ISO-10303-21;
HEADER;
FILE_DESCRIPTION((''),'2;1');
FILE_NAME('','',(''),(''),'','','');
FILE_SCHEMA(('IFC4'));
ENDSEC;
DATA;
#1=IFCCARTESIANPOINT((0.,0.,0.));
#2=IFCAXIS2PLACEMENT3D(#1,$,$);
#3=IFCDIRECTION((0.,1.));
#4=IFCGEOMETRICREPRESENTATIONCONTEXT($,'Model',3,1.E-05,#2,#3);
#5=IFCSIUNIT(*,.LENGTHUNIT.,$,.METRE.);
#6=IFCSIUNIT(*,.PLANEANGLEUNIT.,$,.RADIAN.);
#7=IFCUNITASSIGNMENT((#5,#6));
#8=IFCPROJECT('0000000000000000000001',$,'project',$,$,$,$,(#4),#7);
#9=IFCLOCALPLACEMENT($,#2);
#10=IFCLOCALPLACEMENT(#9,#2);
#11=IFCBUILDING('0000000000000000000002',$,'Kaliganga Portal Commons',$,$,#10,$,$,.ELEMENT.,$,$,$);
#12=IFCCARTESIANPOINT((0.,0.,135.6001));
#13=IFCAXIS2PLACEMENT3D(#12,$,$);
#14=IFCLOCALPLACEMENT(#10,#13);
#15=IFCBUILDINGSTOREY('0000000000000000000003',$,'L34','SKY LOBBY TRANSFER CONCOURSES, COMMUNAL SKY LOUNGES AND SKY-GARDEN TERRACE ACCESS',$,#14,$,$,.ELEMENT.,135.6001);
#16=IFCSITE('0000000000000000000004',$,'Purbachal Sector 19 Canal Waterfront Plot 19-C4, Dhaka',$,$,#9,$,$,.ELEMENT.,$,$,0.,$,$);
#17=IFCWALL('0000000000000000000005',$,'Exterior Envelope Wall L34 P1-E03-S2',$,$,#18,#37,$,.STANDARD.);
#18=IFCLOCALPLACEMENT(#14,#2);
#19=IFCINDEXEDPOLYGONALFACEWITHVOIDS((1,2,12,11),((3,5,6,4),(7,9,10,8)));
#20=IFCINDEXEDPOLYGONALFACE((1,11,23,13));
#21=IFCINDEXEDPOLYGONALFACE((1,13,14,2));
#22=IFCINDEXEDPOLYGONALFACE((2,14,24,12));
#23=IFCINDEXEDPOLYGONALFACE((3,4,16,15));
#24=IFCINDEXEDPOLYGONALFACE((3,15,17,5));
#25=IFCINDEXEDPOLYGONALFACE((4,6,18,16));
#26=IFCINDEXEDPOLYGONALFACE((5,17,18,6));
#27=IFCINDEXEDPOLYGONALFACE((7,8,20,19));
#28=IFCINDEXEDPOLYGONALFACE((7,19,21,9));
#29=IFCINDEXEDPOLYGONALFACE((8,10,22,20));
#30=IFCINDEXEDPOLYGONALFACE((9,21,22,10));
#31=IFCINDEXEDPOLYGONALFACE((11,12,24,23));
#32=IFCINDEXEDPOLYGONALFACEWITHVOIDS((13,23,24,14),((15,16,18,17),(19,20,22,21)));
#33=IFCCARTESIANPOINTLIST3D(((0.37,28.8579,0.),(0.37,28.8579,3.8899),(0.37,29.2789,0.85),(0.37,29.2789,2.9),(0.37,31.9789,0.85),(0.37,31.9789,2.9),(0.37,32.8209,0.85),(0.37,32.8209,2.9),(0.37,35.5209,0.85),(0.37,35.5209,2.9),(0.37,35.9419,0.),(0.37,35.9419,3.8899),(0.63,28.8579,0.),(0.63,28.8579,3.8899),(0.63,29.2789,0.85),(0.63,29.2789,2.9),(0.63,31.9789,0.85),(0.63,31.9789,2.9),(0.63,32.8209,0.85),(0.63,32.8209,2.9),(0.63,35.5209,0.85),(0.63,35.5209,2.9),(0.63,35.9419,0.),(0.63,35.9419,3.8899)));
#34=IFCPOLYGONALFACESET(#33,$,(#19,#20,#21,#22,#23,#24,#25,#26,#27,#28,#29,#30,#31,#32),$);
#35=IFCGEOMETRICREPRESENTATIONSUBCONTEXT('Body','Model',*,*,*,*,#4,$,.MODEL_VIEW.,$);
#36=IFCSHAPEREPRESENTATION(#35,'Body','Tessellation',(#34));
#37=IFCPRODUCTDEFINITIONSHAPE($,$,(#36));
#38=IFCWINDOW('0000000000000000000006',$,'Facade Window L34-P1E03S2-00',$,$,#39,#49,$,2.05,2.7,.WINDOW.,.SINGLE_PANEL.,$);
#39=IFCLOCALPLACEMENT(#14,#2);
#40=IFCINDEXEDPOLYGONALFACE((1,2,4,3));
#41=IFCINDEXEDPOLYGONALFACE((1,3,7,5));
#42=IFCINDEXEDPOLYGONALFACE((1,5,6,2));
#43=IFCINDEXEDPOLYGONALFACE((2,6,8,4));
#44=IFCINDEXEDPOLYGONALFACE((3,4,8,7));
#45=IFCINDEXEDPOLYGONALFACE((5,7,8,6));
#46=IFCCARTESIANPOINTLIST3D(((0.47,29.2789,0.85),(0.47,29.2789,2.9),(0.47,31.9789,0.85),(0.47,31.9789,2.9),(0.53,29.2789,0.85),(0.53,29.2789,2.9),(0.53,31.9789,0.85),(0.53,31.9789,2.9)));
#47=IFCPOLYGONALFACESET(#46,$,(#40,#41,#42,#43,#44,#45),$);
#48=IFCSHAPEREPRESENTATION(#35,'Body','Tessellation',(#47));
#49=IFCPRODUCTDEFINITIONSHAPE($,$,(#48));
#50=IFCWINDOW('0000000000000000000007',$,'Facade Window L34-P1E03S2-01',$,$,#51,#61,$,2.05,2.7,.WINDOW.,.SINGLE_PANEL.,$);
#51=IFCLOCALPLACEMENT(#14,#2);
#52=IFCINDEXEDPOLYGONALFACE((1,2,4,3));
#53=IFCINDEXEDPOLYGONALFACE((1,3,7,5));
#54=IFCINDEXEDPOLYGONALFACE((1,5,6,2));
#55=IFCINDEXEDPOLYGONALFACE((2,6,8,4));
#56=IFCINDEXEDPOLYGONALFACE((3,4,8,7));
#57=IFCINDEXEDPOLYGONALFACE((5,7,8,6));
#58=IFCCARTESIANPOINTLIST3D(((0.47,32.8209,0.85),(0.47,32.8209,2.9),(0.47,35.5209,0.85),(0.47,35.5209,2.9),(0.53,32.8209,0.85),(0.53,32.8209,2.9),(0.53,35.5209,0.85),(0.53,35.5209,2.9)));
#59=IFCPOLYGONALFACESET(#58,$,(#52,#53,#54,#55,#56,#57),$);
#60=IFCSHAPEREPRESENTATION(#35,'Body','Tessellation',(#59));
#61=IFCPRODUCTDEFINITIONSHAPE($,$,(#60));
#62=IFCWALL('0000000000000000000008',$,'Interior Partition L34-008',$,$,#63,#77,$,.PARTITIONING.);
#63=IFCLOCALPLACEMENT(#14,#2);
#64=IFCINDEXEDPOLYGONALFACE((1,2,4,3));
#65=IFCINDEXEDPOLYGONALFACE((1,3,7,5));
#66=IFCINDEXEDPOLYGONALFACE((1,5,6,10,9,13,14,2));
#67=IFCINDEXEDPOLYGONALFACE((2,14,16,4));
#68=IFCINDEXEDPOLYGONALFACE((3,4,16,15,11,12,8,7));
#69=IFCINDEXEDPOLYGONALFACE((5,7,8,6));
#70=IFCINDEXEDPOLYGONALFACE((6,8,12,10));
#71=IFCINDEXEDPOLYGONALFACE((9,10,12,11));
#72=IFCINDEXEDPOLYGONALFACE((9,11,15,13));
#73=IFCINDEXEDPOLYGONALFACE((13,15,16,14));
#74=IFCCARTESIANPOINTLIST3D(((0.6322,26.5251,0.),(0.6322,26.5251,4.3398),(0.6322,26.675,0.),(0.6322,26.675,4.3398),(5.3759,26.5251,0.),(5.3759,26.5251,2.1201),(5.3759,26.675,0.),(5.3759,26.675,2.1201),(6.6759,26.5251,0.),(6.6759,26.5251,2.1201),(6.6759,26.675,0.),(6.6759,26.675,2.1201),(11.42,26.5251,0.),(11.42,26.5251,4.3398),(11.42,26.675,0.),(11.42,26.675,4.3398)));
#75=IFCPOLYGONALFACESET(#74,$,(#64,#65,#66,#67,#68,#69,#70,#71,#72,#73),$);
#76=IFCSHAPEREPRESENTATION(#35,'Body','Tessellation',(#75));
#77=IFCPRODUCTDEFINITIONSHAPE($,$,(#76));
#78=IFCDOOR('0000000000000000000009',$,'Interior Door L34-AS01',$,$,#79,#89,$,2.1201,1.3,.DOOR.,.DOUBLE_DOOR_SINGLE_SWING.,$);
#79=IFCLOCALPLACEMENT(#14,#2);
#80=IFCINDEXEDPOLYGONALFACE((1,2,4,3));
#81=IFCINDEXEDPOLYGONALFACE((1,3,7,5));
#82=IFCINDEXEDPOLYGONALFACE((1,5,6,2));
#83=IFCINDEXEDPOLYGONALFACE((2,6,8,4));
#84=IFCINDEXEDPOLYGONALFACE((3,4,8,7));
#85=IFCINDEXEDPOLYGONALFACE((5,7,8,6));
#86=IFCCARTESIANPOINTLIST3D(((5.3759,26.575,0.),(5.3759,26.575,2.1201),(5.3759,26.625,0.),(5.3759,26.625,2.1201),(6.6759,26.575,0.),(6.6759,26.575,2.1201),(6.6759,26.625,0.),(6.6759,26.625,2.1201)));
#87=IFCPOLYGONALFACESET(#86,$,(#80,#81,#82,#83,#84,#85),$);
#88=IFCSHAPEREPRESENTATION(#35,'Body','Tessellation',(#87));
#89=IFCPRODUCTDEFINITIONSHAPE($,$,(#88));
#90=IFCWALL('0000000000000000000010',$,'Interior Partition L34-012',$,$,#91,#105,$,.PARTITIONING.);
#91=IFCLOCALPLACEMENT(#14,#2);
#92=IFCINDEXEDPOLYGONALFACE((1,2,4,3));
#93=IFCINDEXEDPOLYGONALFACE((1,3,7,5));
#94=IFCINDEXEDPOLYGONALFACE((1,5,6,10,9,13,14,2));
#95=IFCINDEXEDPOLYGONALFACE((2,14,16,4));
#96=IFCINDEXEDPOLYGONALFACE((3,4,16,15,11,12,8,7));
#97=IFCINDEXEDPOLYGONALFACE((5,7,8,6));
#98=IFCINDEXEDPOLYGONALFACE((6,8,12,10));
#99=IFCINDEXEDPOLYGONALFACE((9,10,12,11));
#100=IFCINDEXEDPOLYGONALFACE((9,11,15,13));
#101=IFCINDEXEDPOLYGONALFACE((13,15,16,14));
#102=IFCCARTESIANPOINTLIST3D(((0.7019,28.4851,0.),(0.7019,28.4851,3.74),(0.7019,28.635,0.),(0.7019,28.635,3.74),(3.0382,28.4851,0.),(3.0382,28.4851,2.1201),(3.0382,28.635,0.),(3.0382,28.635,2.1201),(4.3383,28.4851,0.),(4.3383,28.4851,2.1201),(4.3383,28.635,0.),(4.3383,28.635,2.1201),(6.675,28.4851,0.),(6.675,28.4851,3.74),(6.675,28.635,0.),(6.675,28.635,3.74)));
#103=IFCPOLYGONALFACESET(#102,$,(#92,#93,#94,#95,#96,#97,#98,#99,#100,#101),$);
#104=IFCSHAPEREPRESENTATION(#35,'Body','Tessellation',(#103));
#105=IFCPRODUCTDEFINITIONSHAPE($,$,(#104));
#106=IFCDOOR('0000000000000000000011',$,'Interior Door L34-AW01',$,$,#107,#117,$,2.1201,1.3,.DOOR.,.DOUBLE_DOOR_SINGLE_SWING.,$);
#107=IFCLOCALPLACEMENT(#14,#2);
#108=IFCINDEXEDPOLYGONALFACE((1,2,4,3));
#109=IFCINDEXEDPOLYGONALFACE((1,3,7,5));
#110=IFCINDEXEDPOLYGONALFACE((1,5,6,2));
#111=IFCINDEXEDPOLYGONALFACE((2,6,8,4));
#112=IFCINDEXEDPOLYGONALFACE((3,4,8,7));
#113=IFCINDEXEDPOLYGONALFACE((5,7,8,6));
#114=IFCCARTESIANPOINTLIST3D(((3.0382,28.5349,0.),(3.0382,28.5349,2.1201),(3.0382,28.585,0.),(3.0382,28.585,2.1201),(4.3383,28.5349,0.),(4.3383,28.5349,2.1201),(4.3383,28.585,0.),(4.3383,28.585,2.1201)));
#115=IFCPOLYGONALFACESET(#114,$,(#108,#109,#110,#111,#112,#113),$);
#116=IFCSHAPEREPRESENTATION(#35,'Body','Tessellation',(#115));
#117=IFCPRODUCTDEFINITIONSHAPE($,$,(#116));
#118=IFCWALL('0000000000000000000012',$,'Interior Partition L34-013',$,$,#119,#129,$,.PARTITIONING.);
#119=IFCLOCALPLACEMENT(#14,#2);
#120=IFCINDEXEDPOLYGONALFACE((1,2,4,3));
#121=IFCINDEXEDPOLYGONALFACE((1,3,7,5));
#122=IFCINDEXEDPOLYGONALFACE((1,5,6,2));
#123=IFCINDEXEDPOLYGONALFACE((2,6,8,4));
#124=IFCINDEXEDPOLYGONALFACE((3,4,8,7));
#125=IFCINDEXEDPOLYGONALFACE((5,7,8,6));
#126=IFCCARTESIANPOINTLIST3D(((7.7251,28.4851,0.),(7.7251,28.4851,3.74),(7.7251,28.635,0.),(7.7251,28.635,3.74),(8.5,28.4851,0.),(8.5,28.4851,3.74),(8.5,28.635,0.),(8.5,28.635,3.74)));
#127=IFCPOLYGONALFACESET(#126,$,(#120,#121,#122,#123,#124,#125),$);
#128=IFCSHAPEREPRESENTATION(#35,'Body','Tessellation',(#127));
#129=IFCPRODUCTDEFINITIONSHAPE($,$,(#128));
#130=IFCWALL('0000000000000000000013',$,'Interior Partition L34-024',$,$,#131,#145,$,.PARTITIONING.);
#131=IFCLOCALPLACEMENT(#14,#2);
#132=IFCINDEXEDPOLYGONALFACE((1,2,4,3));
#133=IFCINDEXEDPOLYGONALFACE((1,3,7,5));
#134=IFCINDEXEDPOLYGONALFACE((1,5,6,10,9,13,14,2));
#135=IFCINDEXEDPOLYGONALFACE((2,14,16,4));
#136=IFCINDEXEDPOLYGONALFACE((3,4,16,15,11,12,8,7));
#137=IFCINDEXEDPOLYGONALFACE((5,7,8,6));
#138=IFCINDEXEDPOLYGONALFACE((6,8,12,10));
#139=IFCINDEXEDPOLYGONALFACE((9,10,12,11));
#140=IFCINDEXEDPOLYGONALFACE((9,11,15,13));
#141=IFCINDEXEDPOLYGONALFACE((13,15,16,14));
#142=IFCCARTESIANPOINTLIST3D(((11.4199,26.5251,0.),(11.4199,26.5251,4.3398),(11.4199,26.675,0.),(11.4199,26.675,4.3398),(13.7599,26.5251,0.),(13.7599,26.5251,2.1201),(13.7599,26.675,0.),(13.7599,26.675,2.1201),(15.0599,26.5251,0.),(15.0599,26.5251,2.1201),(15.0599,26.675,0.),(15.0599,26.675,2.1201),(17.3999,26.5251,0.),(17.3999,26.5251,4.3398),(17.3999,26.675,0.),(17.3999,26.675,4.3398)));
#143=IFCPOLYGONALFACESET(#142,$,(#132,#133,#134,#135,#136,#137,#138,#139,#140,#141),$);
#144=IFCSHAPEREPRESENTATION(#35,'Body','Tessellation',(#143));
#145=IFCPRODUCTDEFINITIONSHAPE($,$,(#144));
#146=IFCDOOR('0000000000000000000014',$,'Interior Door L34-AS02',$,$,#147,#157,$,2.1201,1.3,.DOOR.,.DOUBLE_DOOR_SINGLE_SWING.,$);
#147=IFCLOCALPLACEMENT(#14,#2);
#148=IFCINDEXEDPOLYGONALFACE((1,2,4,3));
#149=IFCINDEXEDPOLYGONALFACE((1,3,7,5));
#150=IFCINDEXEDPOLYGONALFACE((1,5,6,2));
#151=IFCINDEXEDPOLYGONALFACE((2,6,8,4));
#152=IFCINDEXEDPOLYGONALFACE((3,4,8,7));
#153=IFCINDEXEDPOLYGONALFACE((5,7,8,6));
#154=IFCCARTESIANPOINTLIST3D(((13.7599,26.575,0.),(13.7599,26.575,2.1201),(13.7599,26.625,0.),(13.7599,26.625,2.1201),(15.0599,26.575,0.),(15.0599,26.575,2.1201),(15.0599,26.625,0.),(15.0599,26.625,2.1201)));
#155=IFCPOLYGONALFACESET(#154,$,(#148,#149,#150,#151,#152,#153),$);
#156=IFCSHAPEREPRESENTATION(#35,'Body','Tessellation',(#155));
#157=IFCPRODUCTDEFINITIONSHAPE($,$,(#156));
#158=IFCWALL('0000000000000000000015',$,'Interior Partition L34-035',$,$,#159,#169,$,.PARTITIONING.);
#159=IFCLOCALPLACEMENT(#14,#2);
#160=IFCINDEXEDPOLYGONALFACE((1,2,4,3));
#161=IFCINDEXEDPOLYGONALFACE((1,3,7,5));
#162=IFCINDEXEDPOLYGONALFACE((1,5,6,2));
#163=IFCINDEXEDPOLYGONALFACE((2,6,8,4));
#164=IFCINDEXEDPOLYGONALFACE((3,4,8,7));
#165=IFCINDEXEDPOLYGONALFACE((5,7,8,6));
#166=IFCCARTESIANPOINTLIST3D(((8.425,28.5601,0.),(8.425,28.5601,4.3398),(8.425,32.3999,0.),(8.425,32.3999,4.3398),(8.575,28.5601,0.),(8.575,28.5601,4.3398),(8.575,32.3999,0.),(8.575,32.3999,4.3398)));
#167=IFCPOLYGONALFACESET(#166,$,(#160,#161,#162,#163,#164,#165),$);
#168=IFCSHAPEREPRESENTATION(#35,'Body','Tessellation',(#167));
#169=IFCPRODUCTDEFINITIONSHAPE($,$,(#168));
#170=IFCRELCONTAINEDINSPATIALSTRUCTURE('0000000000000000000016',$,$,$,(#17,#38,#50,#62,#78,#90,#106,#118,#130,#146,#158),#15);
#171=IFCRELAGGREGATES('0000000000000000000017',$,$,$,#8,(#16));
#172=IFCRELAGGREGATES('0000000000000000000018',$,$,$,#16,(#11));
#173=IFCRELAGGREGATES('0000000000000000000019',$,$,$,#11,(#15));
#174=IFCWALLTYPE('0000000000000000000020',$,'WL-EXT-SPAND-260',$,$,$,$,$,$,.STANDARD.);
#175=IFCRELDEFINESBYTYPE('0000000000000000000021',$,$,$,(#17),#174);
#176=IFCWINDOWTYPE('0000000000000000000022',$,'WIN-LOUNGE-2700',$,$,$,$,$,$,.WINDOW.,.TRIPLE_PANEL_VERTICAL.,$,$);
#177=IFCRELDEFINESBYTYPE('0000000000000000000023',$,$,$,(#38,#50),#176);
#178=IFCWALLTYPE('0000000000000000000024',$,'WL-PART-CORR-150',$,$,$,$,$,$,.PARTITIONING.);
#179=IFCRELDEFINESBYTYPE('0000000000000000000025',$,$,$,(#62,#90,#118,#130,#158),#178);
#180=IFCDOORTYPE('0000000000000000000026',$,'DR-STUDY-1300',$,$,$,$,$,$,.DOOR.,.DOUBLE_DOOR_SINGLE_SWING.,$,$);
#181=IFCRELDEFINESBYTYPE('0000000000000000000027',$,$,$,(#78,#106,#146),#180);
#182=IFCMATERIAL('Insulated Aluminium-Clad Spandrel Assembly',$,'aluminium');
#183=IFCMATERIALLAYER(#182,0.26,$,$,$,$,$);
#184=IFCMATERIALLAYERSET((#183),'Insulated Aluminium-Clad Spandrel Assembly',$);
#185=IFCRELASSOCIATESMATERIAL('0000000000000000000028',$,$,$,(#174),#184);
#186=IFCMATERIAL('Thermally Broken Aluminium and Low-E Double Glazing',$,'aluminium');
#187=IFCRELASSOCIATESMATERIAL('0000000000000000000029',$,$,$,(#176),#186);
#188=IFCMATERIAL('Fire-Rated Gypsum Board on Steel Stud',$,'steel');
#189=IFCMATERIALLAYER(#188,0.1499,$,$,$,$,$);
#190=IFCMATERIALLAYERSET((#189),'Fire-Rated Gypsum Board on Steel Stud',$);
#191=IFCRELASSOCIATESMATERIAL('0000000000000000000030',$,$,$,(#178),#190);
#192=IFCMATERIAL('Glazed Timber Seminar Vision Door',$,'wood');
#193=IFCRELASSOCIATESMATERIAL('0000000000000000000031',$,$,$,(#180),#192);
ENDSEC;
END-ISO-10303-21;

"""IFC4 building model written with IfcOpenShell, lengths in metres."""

from ifc_helpers import new_model, si_unit, direction, frame, frame_2d, origin, place, context, subcontext, project, spatial, rectangle, extrude, material, layer, layer_set, type_object, element, fill, save


model = new_model("IFC4")

# Units and contexts
model_context = context("Model", 3, precision=1e-05, world=origin(), true_north=direction((0.0, 1.0)))
body_context = subcontext(model_context, "Body", "Model", "MODEL_VIEW")
ifc_project = project(units=[si_unit("LENGTHUNIT", "METRE"), si_unit("PLANEANGLEUNIT", "RADIAN")], contexts=[model_context])

# Site, building, storey
site_placement = place(None, origin())
site = spatial("IfcSite", under=ifc_project, at=site_placement, Name="Purbachal Sector 19 Canal Waterfront Plot 19-C4, Dhaka", CompositionType="ELEMENT", RefElevation=0.0)
building_placement = place(site_placement, origin())
building = spatial("IfcBuilding", under=site, at=building_placement, Name="Kaliganga Portal Commons", CompositionType="ELEMENT")
storey_placement = place(building_placement, frame((0.0, 0.0, 135.6001)))
storey = spatial("IfcBuildingStorey", under=building, at=storey_placement, Name="L34", Description="SKY LOBBY TRANSFER CONCOURSES, COMMUNAL SKY LOUNGES AND SKY-GARDEN TERRACE ACCESS", CompositionType="ELEMENT", Elevation=135.6001)

# Wall, openings, windows
ifc_material_1 = material(Name="Insulated Aluminium-Clad Spandrel Assembly", Category="aluminium")
ifc_layer_1 = layer(ifc_material_1, 0.26)
ifc_layer_set_1 = layer_set([ifc_layer_1], Name="Insulated Aluminium-Clad Spandrel Assembly")
wall_type_1 = type_object("IfcWallType", Name="WL-EXT-SPAND-260", PredefinedType="STANDARD", material=ifc_layer_set_1)
wall_1_placement = place(storey_placement, frame((0.5, 28.8579, 0.0), z_axis=(0.0, 0.0, 1.0), x_axis=(0.0, 1.0, 0.0)))
wall_1 = element("IfcWall", 1, at=wall_1_placement, inside=storey, type_object=wall_type_1, Name="Exterior Envelope Wall L34 P1-E03-S2", PredefinedType="STANDARD", context=body_context, shape_type="SweptSolid", body=[
    extrude(rectangle(XDim=7.084, YDim=0.26, at=frame_2d((3.542, 0.0))), origin(), (0.0, 0.0, 1.0), 3.8899),
])
opening_1_placement = place(wall_1_placement, frame((0.4209, 0.0, 0.8501)))
opening_1 = element("IfcOpeningElement", 2, at=opening_1_placement, cuts=wall_1, PredefinedType="OPENING", context=body_context, shape_type="SweptSolid", body=[
    extrude(rectangle(XDim=2.7, YDim=2.05, at=frame_2d((1.3501, 1.0249))), frame((0.0, 0.1401, 0.0), z_axis=(0.0, -1.0, 0.0), x_axis=(1.0, 0.0, 0.0)), (0.0, 0.0, 1.0), 0.28),
])
opening_2_placement = place(wall_1_placement, frame((3.9629, 0.0, 0.8501)))
opening_2 = element("IfcOpeningElement", 3, at=opening_2_placement, cuts=wall_1, PredefinedType="OPENING", context=body_context, shape_type="SweptSolid", body=[
    extrude(rectangle(XDim=2.7, YDim=2.05, at=frame_2d((1.3501, 1.0249))), frame((0.0, 0.1401, 0.0), z_axis=(0.0, -1.0, 0.0), x_axis=(1.0, 0.0, 0.0)), (0.0, 0.0, 1.0), 0.28),
])
ifc_material_2 = material(Name="Thermally Broken Aluminium and Low-E Double Glazing", Category="aluminium")
window_type = type_object("IfcWindowType", Name="WIN-LOUNGE-2700", PartitioningType="TRIPLE_PANEL_VERTICAL", PredefinedType="WINDOW", material=ifc_material_2)
window_1_placement = place(opening_1_placement, origin())
window_1 = element("IfcWindow", 4, at=window_1_placement, inside=storey, type_object=window_type, Name="Facade Window L34-P1E03S2-00", OverallHeight=2.05, OverallWidth=2.7, PartitioningType="SINGLE_PANEL", PredefinedType="WINDOW", context=body_context, shape_type="SweptSolid", body=[
    extrude(rectangle(XDim=2.7, YDim=2.05, at=frame_2d((1.3501, 1.0249))), frame((0.0, 0.03, 0.0), z_axis=(0.0, -1.0, 0.0), x_axis=(1.0, 0.0, 0.0)), (0.0, 0.0, 1.0), 0.0601),
])
fill(opening_1, window_1)
window_2_placement = place(opening_2_placement, origin())
window_2 = element("IfcWindow", 5, at=window_2_placement, inside=storey, type_object=window_type, Name="Facade Window L34-P1E03S2-01", OverallHeight=2.05, OverallWidth=2.7, PartitioningType="SINGLE_PANEL", PredefinedType="WINDOW", context=body_context, shape_type="SweptSolid", body=[
    extrude(rectangle(XDim=2.7, YDim=2.05, at=frame_2d((1.3501, 1.0249))), frame((0.0, 0.03, 0.0), z_axis=(0.0, -1.0, 0.0), x_axis=(1.0, 0.0, 0.0)), (0.0, 0.0, 1.0), 0.0601),
])
fill(opening_2, window_2)

# Walls, openings, doors
ifc_material_3 = material(Name="Fire-Rated Gypsum Board on Steel Stud", Category="steel")
ifc_layer_2 = layer(ifc_material_3, 0.1499)
ifc_layer_set_2 = layer_set([ifc_layer_2], Name="Fire-Rated Gypsum Board on Steel Stud")
wall_type_2 = type_object("IfcWallType", Name="WL-PART-CORR-150", PredefinedType="PARTITIONING", material=ifc_layer_set_2)
wall_2_placement = place(storey_placement, frame((0.6321, 26.6001, 0.0), z_axis=(0.0, 0.0, 1.0), x_axis=(1.0, 0.0, 0.0)))
wall_2 = element("IfcWall", 6, at=wall_2_placement, inside=storey, type_object=wall_type_2, Name="Interior Partition L34-008", PredefinedType="PARTITIONING", context=body_context, shape_type="SweptSolid", body=[
    extrude(rectangle(XDim=10.7878, YDim=0.1499, at=frame_2d((5.394, 0.0))), origin(), (0.0, 0.0, 1.0), 4.3398),
])
opening_3_placement = place(wall_2_placement, frame((4.7439, 0.0, 0.0)))
opening_3 = element("IfcOpeningElement", 7, at=opening_3_placement, cuts=wall_2, PredefinedType="OPENING", context=body_context, shape_type="SweptSolid", body=[
    extrude(rectangle(XDim=1.3, YDim=2.1201, at=frame_2d((0.6499, 1.0601))), frame((0.0, 0.085, 0.0), z_axis=(0.0, -1.0, 0.0), x_axis=(1.0, 0.0, 0.0)), (0.0, 0.0, 1.0), 0.1699),
])
ifc_material_4 = material(Name="Glazed Timber Seminar Vision Door", Category="wood")
door_type = type_object("IfcDoorType", Name="DR-STUDY-1300", OperationType="DOUBLE_DOOR_SINGLE_SWING", PredefinedType="DOOR", material=ifc_material_4)
door_1_placement = place(opening_3_placement, origin())
door_1 = element("IfcDoor", 8, at=door_1_placement, inside=storey, type_object=door_type, Name="Interior Door L34-AS01", OperationType="DOUBLE_DOOR_SINGLE_SWING", OverallHeight=2.1201, OverallWidth=1.3, PredefinedType="DOOR", context=body_context, shape_type="SweptSolid", body=[
    extrude(rectangle(XDim=1.3, YDim=2.1201, at=frame_2d((0.6499, 1.0601))), frame((0.0, 0.0249, 0.0), z_axis=(0.0, -1.0, 0.0), x_axis=(1.0, 0.0, 0.0)), (0.0, 0.0, 1.0), 0.05),
])
fill(opening_3, door_1)
wall_3_placement = place(storey_placement, frame((0.7019, 28.5601, 0.0), z_axis=(0.0, 0.0, 1.0), x_axis=(1.0, 0.0, 0.0)))
wall_3 = element("IfcWall", 9, at=wall_3_placement, inside=storey, type_object=wall_type_2, Name="Interior Partition L34-012", PredefinedType="PARTITIONING", context=body_context, shape_type="SweptSolid", body=[
    extrude(rectangle(XDim=5.9731, YDim=0.1499, at=frame_2d((2.9866, 0.0))), origin(), (0.0, 0.0, 1.0), 3.74),
])
opening_4_placement = place(wall_3_placement, frame((2.3364, 0.0, 0.0)))
opening_4 = element("IfcOpeningElement", 10, at=opening_4_placement, cuts=wall_3, PredefinedType="OPENING", context=body_context, shape_type="SweptSolid", body=[
    extrude(rectangle(XDim=1.3, YDim=2.1201, at=frame_2d((0.6499, 1.0601))), frame((0.0, 0.085, 0.0), z_axis=(0.0, -1.0, 0.0), x_axis=(1.0, 0.0, 0.0)), (0.0, 0.0, 1.0), 0.1699),
])
door_2_placement = place(opening_4_placement, origin())
door_2 = element("IfcDoor", 11, at=door_2_placement, inside=storey, type_object=door_type, Name="Interior Door L34-AW01", OperationType="DOUBLE_DOOR_SINGLE_SWING", OverallHeight=2.1201, OverallWidth=1.3, PredefinedType="DOOR", context=body_context, shape_type="SweptSolid", body=[
    extrude(rectangle(XDim=1.3, YDim=2.1201, at=frame_2d((0.6499, 1.0601))), frame((0.0, 0.0249, 0.0), z_axis=(0.0, -1.0, 0.0), x_axis=(1.0, 0.0, 0.0)), (0.0, 0.0, 1.0), 0.05),
])
fill(opening_4, door_2)

# Wall
wall_4_placement = place(storey_placement, frame((7.7251, 28.5601, 0.0), z_axis=(0.0, 0.0, 1.0), x_axis=(1.0, 0.0, 0.0)))
element("IfcWall", 12, at=wall_4_placement, inside=storey, type_object=wall_type_2, Name="Interior Partition L34-013", PredefinedType="PARTITIONING", context=body_context, shape_type="SweptSolid", body=[
    extrude(rectangle(XDim=0.7749, YDim=0.1499, at=frame_2d((0.3875, 0.0))), origin(), (0.0, 0.0, 1.0), 3.74),
])

# Wall, opening, door
wall_5_placement = place(storey_placement, frame((11.4199, 26.6001, 0.0), z_axis=(0.0, 0.0, 1.0), x_axis=(1.0, 0.0, 0.0)))
wall_5 = element("IfcWall", 13, at=wall_5_placement, inside=storey, type_object=wall_type_2, Name="Interior Partition L34-024", PredefinedType="PARTITIONING", context=body_context, shape_type="SweptSolid", body=[
    extrude(rectangle(XDim=5.98, YDim=0.1499, at=frame_2d((2.99, 0.0))), origin(), (0.0, 0.0, 1.0), 4.3398),
])
opening_5_placement = place(wall_5_placement, frame((2.3401, 0.0, 0.0)))
opening_5 = element("IfcOpeningElement", 14, at=opening_5_placement, cuts=wall_5, PredefinedType="OPENING", context=body_context, shape_type="SweptSolid", body=[
    extrude(rectangle(XDim=1.3, YDim=2.1201, at=frame_2d((0.6499, 1.0601))), frame((0.0, 0.085, 0.0), z_axis=(0.0, -1.0, 0.0), x_axis=(1.0, 0.0, 0.0)), (0.0, 0.0, 1.0), 0.1699),
])
door_3_placement = place(opening_5_placement, origin())
door_3 = element("IfcDoor", 15, at=door_3_placement, inside=storey, type_object=door_type, Name="Interior Door L34-AS02", OperationType="DOUBLE_DOOR_SINGLE_SWING", OverallHeight=2.1201, OverallWidth=1.3, PredefinedType="DOOR", context=body_context, shape_type="SweptSolid", body=[
    extrude(rectangle(XDim=1.3, YDim=2.1201, at=frame_2d((0.6499, 1.0601))), frame((0.0, 0.0249, 0.0), z_axis=(0.0, -1.0, 0.0), x_axis=(1.0, 0.0, 0.0)), (0.0, 0.0, 1.0), 0.05),
])
fill(opening_5, door_3)

# Wall
wall_6_placement = place(storey_placement, frame((8.5, 28.5601, 0.0), z_axis=(0.0, 0.0, 1.0), x_axis=(0.0, 1.0, 0.0)))
element("IfcWall", 16, at=wall_6_placement, inside=storey, type_object=wall_type_2, Name="Interior Partition L34-035", PredefinedType="PARTITIONING", context=body_context, shape_type="SweptSolid", body=[
    extrude(rectangle(XDim=3.8398, YDim=0.1499, at=frame_2d((1.9199, 0.0))), origin(), (0.0, 0.0, 1.0), 4.3398),
])

save(model, "model.ifc")
